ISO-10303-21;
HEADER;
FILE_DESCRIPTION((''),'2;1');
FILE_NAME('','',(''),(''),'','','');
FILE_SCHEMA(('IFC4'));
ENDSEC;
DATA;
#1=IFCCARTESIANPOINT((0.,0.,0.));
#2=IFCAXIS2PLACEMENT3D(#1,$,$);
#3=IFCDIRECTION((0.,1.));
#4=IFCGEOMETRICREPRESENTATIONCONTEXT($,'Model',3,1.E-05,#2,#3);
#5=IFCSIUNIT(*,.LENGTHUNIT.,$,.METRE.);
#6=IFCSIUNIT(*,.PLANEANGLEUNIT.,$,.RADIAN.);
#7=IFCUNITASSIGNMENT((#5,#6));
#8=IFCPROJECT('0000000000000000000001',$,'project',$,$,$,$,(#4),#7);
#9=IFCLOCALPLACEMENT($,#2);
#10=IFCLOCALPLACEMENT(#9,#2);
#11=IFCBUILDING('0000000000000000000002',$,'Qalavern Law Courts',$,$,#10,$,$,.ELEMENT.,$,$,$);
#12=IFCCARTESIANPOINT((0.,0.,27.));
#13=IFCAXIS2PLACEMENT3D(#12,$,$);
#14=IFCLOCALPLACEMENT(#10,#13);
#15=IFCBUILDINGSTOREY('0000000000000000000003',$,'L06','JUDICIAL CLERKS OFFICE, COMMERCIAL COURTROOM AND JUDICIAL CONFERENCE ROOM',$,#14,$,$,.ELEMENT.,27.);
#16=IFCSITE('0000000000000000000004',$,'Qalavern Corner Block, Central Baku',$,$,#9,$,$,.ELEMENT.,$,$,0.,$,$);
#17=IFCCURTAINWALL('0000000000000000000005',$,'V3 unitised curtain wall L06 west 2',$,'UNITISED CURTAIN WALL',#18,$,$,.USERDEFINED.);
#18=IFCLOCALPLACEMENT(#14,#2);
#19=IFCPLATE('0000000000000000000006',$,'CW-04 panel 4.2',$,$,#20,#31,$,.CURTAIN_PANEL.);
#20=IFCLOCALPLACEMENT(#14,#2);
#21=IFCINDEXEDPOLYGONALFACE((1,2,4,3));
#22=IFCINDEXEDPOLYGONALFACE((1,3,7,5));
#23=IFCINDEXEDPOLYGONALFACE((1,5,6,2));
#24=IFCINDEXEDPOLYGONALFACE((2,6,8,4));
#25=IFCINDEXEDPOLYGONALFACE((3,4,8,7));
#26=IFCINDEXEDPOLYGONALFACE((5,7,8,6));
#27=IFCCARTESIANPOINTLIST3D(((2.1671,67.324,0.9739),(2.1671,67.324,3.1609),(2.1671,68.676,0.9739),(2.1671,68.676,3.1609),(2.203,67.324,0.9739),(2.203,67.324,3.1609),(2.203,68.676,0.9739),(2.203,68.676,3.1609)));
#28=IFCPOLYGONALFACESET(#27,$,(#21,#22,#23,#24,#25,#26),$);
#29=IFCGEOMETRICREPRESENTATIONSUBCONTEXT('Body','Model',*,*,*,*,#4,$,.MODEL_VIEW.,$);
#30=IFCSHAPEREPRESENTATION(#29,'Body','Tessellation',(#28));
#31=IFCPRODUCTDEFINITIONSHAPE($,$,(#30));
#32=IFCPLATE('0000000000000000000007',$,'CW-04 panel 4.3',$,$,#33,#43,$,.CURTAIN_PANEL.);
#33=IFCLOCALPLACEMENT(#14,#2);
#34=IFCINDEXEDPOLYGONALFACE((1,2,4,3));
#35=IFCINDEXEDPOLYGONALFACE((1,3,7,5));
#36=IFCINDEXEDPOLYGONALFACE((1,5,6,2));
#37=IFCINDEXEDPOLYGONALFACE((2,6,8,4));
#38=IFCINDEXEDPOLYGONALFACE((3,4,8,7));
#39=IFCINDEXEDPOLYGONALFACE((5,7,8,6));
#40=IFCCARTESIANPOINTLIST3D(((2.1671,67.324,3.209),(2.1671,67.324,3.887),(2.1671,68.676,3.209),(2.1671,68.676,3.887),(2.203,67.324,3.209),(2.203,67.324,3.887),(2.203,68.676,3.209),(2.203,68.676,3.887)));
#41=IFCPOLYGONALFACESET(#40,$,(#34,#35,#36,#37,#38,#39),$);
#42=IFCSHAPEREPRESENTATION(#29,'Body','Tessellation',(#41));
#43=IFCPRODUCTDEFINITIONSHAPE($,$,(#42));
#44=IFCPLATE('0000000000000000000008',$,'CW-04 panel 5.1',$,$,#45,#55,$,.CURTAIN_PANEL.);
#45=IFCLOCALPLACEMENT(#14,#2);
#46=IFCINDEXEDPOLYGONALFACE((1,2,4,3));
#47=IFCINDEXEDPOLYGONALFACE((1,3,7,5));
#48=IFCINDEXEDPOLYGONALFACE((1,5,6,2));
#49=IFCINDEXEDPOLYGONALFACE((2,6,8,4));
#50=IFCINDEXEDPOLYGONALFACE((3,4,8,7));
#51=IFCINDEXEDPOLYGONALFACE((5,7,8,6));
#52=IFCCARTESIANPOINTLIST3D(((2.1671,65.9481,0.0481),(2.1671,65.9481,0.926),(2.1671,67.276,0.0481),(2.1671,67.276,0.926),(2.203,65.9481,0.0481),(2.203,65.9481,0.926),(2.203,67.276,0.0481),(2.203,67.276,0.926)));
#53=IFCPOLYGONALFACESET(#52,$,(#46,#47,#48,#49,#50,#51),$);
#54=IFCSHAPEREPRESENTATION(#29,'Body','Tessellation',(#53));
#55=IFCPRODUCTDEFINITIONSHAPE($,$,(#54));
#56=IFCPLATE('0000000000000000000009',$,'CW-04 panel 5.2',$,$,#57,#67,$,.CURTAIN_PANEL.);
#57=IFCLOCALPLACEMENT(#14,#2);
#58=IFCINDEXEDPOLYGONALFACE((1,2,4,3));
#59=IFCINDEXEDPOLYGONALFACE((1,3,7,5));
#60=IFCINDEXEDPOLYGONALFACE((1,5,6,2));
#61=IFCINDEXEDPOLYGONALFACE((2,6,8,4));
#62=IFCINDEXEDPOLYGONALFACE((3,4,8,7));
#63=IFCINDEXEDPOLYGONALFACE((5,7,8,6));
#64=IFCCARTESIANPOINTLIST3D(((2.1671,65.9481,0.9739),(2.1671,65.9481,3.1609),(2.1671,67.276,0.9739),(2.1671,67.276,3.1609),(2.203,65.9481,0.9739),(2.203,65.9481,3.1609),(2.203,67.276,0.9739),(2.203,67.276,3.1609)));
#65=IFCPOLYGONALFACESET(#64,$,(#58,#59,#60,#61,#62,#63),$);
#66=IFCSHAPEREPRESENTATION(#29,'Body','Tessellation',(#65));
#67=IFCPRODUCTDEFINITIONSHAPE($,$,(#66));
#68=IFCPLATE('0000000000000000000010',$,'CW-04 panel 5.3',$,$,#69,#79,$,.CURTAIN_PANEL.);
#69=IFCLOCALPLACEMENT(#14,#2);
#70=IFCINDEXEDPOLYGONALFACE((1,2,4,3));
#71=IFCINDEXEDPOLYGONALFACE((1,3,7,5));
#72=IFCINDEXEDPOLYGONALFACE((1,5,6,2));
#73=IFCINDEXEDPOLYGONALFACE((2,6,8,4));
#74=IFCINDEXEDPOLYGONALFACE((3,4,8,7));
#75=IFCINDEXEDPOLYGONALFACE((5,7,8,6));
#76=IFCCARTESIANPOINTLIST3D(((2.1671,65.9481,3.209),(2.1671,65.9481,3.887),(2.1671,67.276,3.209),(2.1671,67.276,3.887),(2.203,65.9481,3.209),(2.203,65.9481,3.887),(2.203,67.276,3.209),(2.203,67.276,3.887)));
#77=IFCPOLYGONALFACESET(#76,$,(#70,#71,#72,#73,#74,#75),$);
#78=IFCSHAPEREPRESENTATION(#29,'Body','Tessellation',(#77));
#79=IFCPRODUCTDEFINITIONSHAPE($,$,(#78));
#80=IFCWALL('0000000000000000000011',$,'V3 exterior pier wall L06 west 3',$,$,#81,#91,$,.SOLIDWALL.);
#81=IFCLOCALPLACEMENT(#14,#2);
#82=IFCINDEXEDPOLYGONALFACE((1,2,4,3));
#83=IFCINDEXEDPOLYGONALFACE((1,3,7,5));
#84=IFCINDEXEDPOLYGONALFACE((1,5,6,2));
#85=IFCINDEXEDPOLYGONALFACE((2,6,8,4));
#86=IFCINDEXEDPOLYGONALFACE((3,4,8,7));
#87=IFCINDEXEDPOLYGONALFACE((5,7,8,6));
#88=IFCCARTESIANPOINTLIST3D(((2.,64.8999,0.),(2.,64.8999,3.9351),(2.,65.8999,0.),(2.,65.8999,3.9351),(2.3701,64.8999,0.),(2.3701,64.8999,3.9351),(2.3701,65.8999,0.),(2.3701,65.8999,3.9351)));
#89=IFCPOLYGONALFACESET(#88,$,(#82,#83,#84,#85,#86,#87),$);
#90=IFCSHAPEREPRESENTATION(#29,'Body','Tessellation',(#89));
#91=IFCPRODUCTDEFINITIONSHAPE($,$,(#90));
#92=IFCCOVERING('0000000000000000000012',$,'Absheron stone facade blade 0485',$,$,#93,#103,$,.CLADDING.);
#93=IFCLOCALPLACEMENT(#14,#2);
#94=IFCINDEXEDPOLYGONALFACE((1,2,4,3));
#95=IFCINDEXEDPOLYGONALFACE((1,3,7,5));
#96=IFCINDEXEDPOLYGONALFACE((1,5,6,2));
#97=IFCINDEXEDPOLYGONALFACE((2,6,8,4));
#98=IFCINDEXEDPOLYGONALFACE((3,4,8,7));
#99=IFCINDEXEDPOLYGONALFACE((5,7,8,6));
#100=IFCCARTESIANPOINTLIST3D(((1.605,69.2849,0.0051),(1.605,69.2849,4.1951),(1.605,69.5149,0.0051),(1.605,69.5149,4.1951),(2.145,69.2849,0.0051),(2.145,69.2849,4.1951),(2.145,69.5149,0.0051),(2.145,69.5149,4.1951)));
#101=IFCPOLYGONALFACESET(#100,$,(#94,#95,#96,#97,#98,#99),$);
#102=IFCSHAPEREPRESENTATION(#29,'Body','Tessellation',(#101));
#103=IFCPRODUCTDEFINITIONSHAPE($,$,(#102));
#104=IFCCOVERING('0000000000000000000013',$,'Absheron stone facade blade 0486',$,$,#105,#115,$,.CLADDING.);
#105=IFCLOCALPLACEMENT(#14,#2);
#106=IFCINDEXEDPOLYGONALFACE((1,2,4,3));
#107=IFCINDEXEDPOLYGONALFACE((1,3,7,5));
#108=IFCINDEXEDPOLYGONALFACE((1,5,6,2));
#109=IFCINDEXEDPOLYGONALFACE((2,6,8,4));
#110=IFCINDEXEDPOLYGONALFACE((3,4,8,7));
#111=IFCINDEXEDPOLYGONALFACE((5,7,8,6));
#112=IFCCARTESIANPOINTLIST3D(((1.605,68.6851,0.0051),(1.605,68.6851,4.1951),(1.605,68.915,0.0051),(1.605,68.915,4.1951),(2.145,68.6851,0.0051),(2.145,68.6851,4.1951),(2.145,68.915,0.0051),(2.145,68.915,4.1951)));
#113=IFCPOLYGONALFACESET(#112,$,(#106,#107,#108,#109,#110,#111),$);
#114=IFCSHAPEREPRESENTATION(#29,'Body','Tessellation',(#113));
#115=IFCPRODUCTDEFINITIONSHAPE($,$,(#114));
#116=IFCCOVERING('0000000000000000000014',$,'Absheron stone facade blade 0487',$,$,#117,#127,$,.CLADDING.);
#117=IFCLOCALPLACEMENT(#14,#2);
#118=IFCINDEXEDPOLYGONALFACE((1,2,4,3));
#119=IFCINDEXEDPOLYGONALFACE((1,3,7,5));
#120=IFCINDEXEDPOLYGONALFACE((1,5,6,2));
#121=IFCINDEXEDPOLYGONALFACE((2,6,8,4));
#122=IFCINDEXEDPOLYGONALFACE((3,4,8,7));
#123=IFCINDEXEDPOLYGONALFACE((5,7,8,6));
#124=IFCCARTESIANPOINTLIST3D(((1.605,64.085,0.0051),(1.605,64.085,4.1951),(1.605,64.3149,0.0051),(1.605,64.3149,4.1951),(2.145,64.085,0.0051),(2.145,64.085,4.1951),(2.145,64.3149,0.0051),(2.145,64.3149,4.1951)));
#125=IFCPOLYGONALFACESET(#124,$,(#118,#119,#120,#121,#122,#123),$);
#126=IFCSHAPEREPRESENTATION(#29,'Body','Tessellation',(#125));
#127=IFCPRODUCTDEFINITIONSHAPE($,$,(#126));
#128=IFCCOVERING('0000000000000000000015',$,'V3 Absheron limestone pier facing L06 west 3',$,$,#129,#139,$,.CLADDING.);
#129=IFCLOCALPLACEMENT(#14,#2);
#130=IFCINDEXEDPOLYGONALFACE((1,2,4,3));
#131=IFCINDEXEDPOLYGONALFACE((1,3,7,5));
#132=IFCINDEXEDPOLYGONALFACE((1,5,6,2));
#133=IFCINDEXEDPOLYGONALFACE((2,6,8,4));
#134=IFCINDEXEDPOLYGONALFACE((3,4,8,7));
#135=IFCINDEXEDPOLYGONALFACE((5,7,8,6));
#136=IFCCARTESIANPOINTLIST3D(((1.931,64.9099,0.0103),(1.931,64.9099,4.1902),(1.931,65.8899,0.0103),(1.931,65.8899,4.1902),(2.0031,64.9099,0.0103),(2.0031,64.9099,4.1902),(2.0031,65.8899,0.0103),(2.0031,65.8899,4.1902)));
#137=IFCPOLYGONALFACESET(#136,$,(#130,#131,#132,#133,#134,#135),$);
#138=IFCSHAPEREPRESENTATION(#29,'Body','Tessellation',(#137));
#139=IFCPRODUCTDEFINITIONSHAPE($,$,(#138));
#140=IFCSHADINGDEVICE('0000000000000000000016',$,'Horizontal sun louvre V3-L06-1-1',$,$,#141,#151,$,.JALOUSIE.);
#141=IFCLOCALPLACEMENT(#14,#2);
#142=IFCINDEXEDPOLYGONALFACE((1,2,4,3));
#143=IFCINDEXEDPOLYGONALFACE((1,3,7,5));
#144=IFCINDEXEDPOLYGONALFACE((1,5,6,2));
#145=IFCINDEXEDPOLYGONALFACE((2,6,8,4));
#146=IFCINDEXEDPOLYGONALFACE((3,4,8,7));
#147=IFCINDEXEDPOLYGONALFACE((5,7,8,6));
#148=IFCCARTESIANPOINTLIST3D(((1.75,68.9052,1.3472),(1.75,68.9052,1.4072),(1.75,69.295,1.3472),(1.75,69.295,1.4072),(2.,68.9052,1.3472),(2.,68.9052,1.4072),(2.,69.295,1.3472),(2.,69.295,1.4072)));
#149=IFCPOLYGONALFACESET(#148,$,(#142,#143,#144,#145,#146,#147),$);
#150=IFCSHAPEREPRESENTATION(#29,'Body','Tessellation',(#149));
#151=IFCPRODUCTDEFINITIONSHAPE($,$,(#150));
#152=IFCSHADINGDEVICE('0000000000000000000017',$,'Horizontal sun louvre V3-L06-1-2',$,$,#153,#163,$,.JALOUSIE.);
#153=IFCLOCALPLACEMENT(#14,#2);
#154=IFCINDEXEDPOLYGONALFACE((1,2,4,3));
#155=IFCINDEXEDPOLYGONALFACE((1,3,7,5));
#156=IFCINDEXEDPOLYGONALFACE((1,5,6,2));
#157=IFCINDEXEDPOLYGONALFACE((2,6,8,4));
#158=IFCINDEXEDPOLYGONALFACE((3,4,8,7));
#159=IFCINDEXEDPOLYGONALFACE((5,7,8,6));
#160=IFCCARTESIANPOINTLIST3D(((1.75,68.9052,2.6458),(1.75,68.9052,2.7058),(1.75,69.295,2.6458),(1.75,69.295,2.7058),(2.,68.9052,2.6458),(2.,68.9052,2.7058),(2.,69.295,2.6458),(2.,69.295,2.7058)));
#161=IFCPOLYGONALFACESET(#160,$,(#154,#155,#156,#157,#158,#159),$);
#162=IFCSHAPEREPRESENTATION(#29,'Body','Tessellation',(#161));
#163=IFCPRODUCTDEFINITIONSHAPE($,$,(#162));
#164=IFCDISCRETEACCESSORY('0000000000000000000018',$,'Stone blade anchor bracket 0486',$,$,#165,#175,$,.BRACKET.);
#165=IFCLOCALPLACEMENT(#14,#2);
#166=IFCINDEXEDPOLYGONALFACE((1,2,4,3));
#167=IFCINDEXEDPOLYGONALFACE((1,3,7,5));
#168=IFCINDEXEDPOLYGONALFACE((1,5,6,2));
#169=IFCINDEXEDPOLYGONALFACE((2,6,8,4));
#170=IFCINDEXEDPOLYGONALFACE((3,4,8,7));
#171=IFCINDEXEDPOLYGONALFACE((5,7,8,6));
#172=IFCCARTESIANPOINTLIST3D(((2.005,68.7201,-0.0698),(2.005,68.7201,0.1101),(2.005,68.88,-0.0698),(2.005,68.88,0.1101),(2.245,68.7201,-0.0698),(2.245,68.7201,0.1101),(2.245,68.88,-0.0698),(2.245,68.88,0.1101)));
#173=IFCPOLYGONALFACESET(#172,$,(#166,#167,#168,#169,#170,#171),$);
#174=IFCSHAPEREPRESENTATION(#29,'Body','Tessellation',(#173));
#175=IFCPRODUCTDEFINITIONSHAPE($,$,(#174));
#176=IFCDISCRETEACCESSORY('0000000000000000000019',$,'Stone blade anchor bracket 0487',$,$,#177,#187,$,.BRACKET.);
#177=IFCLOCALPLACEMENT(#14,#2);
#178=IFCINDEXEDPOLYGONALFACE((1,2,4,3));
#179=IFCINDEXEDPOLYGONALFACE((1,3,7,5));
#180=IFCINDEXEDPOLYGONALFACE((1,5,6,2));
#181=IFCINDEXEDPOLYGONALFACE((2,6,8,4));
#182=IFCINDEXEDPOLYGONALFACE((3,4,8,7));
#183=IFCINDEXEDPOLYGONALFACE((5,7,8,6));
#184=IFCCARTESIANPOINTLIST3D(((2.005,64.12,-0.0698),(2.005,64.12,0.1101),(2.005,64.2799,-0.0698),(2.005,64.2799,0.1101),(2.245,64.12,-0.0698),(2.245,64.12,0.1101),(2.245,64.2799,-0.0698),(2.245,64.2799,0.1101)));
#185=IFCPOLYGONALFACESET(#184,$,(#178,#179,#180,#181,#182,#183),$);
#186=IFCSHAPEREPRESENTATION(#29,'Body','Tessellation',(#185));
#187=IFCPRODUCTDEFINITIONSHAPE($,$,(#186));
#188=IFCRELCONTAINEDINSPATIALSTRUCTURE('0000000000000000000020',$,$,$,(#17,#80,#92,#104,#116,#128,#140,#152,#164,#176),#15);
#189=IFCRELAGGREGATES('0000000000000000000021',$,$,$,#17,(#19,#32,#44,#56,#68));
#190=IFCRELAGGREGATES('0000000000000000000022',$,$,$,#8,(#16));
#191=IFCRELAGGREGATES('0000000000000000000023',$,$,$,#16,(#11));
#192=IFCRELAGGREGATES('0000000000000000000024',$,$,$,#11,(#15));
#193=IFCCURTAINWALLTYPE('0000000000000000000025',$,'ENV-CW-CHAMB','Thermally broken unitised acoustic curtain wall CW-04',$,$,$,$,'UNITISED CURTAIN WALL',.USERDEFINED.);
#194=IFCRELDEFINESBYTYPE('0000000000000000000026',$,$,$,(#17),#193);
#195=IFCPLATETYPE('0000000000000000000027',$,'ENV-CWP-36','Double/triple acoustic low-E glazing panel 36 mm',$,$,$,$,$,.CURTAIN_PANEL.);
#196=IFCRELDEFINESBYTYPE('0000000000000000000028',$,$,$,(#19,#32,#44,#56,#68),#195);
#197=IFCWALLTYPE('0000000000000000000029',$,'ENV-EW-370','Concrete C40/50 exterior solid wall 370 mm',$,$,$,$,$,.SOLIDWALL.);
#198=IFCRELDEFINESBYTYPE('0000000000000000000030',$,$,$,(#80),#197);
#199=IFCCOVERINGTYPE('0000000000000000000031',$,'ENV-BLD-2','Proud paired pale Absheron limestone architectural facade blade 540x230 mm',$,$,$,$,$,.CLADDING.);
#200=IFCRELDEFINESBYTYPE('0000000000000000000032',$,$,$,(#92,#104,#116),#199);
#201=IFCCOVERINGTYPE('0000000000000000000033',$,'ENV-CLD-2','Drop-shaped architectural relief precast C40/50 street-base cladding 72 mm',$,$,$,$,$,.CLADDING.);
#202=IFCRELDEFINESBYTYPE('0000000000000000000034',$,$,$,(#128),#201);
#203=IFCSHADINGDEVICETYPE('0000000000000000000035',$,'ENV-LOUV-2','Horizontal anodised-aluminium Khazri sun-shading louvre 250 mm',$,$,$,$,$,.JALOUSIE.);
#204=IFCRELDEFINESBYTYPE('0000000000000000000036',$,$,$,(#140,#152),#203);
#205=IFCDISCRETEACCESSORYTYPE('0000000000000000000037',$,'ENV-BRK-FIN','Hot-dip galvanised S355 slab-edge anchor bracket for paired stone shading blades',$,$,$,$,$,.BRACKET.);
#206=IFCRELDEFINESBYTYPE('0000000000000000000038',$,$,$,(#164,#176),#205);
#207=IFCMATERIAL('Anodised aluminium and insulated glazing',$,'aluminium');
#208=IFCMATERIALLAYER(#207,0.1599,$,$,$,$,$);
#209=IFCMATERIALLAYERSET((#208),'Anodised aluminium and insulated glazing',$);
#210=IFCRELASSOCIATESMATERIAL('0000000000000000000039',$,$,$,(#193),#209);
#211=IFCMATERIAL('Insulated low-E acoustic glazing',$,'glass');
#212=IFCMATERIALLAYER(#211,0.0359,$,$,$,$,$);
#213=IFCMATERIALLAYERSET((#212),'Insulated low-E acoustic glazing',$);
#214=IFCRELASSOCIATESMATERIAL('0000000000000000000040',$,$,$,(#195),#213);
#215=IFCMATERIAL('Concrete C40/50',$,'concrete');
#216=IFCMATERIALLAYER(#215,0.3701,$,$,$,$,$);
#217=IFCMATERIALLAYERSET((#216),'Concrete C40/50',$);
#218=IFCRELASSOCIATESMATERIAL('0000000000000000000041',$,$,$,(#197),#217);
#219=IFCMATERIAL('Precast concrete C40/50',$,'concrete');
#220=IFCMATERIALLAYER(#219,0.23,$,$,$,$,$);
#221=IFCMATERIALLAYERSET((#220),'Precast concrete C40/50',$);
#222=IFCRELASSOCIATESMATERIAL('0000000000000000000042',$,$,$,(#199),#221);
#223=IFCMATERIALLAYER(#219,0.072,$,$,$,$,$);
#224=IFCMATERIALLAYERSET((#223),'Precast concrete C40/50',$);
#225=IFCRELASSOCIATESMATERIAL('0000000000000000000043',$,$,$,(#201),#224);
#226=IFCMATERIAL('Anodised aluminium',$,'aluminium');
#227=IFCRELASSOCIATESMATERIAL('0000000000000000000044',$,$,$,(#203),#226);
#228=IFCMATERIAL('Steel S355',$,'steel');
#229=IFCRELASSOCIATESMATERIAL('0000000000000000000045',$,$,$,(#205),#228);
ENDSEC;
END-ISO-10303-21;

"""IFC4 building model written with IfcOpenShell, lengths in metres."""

from ifc_helpers import new_model, si_unit, direction, frame, frame_2d, origin, origin_2d, place, context, subcontext, project, spatial, rectangle, extrude, material, layer, layer_set, type_object, element, aggregate, save


model = new_model("IFC4")

# Units and contexts
model_context = context("Model", 3, precision=1e-05, world=origin(), true_north=direction((0.0, 1.0)))
body_context = subcontext(model_context, "Body", "Model", "MODEL_VIEW")
ifc_project = project(units=[si_unit("LENGTHUNIT", "METRE"), si_unit("PLANEANGLEUNIT", "RADIAN")], contexts=[model_context])

# Site, building, storey
site_placement = place(None, origin())
site = spatial("IfcSite", under=ifc_project, at=site_placement, Name="Qalavern Corner Block, Central Baku", CompositionType="ELEMENT", RefElevation=0.0)
building_placement = place(site_placement, origin())
building = spatial("IfcBuilding", under=site, at=building_placement, Name="Qalavern Law Courts", CompositionType="ELEMENT")
storey_placement = place(building_placement, frame((0.0, 0.0, 27.0)))
storey = spatial("IfcBuildingStorey", under=building, at=storey_placement, Name="L06", Description="JUDICIAL CLERKS OFFICE, COMMERCIAL COURTROOM AND JUDICIAL CONFERENCE ROOM", CompositionType="ELEMENT", Elevation=27.0)

# Curtain wall
ifc_material_1 = material(Name="Anodised aluminium and insulated glazing", Category="aluminium")
ifc_layer_1 = layer(ifc_material_1, 0.1599)
ifc_layer_set_1 = layer_set([ifc_layer_1], Name="Anodised aluminium and insulated glazing")
curtain_wall_type = type_object("IfcCurtainWallType", Name="ENV-CW-CHAMB", Description="Thermally broken unitised acoustic curtain wall CW-04", ElementType="UNITISED CURTAIN WALL", PredefinedType="USERDEFINED", material=ifc_layer_set_1)
curtain_wall_1_placement = place(storey_placement, origin())
curtain_wall_1 = element("IfcCurtainWall", 1, at=curtain_wall_1_placement, inside=storey, type_object=curtain_wall_type, Name="V3 unitised curtain wall L06 west 2", ObjectType="UNITISED CURTAIN WALL", PredefinedType="USERDEFINED")
ifc_material_2 = material(Name="Anodised aluminium", Category="aluminium")

# Shared definitions
ifc_material_3 = material(Name="Steel S355", Category="steel")
ifc_material_4 = material(Name="Concrete C40/50", Category="concrete")

# Plates
ifc_material_5 = material(Name="Insulated low-E acoustic glazing", Category="glass")
ifc_layer_2 = layer(ifc_material_5, 0.0359)
ifc_layer_set_2 = layer_set([ifc_layer_2], Name="Insulated low-E acoustic glazing")
plate_type = type_object("IfcPlateType", Name="ENV-CWP-36", Description="Double/triple acoustic low-E glazing panel 36 mm", PredefinedType="CURTAIN_PANEL", material=ifc_layer_set_2)
plate_1_placement = place(storey_placement, frame((2.1851, 68.0, 0.9739), z_axis=(0.0, 0.0, 1.0), x_axis=(0.0, -1.0, 0.0)))
plate_1 = element("IfcPlate", 2, at=plate_1_placement, type_object=plate_type, Name="CW-04 panel 4.2", PredefinedType="CURTAIN_PANEL", context=body_context, shape_type="SweptSolid", body=[
    extrude(rectangle(XDim=1.3521, YDim=0.0359, at=origin_2d()), origin(), (0.0, 0.0, 1.0), 2.187),
])
plate_2_placement = place(storey_placement, frame((2.1851, 68.0, 3.209), z_axis=(0.0, 0.0, 1.0), x_axis=(0.0, -1.0, 0.0)))
plate_2 = element("IfcPlate", 3, at=plate_2_placement, type_object=plate_type, Name="CW-04 panel 4.3", PredefinedType="CURTAIN_PANEL", context=body_context, shape_type="SweptSolid", body=[
    extrude(rectangle(XDim=1.3521, YDim=0.0359, at=origin_2d()), origin(), (0.0, 0.0, 1.0), 0.678),
])
plate_3_placement = place(storey_placement, frame((2.1851, 66.6121, 0.0481), z_axis=(0.0, 0.0, 1.0), x_axis=(0.0, -1.0, 0.0)))
plate_3 = element("IfcPlate", 4, at=plate_3_placement, type_object=plate_type, Name="CW-04 panel 5.1", PredefinedType="CURTAIN_PANEL", context=body_context, shape_type="SweptSolid", body=[
    extrude(rectangle(XDim=1.3279, YDim=0.0359, at=origin_2d()), origin(), (0.0, 0.0, 1.0), 0.8779),
])
plate_4_placement = place(storey_placement, frame((2.1851, 66.6121, 0.9739), z_axis=(0.0, 0.0, 1.0), x_axis=(0.0, -1.0, 0.0)))
plate_4 = element("IfcPlate", 5, at=plate_4_placement, type_object=plate_type, Name="CW-04 panel 5.2", PredefinedType="CURTAIN_PANEL", context=body_context, shape_type="SweptSolid", body=[
    extrude(rectangle(XDim=1.3279, YDim=0.0359, at=origin_2d()), origin(), (0.0, 0.0, 1.0), 2.187),
])
plate_5_placement = place(storey_placement, frame((2.1851, 66.6121, 3.209), z_axis=(0.0, 0.0, 1.0), x_axis=(0.0, -1.0, 0.0)))
plate_5 = element("IfcPlate", 6, at=plate_5_placement, type_object=plate_type, Name="CW-04 panel 5.3", PredefinedType="CURTAIN_PANEL", context=body_context, shape_type="SweptSolid", body=[
    extrude(rectangle(XDim=1.3279, YDim=0.0359, at=origin_2d()), origin(), (0.0, 0.0, 1.0), 0.678),
])
aggregate(curtain_wall_1, [plate_1, plate_2, plate_3, plate_4, plate_5])

# Wall
ifc_layer_3 = layer(ifc_material_4, 0.3701)
ifc_layer_set_3 = layer_set([ifc_layer_3], Name="Concrete C40/50")
wall_type = type_object("IfcWallType", Name="ENV-EW-370", Description="Concrete C40/50 exterior solid wall 370 mm", PredefinedType="SOLIDWALL", material=ifc_layer_set_3)
wall_placement = place(storey_placement, frame((2.1851, 65.8999, 0.0), z_axis=(0.0, 0.0, 1.0), x_axis=(0.0, -1.0, 0.0)))
element("IfcWall", 7, at=wall_placement, inside=storey, type_object=wall_type, Name="V3 exterior pier wall L06 west 3", PredefinedType="SOLIDWALL", context=body_context, shape_type="SweptSolid", body=[
    extrude(rectangle(XDim=1.0, YDim=0.3701, at=frame_2d((0.5, 0.0))), origin(), (0.0, 0.0, 1.0), 3.9351),
])

# Coverings
ifc_material_6 = material(Name="Precast concrete C40/50", Category="concrete")
ifc_layer_4 = layer(ifc_material_6, 0.23)
ifc_layer_set_4 = layer_set([ifc_layer_4], Name="Precast concrete C40/50")
covering_type_1 = type_object("IfcCoveringType", Name="ENV-BLD-2", Description="Proud paired pale Absheron limestone architectural facade blade 540x230 mm", PredefinedType="CLADDING", material=ifc_layer_set_4)
for number, where, z_axis, x_axis, name in (
    (8, (1.875, 69.3999, 0.0051), (0.0, 0.0, 1.0), (-1.0, 0.0, 0.0), "Absheron stone facade blade 0485"),
    (9, (1.875, 68.8, 0.0051), (0.0, 0.0, 1.0), (-1.0, 0.0, 0.0), "Absheron stone facade blade 0486"),
    (10, (1.875, 64.2, 0.0051), (0.0, 0.0, 1.0), (-1.0, 0.0, 0.0), "Absheron stone facade blade 0487"),
):
    element("IfcCovering", number, at=place(storey_placement, frame(where, z_axis=z_axis, x_axis=x_axis)), inside=storey, type_object=covering_type_1, Name=name, PredefinedType="CLADDING", context=body_context, shape_type="SweptSolid", body=[
        extrude(rectangle(XDim=0.54, YDim=0.23, at=origin_2d()), origin(), (0.0, 0.0, 1.0), 4.1899),
    ])
ifc_layer_5 = layer(ifc_material_6, 0.072)
ifc_layer_set_5 = layer_set([ifc_layer_5], Name="Precast concrete C40/50")
covering_type_2 = type_object("IfcCoveringType", Name="ENV-CLD-2", Description="Drop-shaped architectural relief precast C40/50 street-base cladding 72 mm", PredefinedType="CLADDING", material=ifc_layer_set_5)
covering_placement = place(storey_placement, frame((1.967, 65.3999, 0.0103), z_axis=(0.0, 0.0, 1.0), x_axis=(0.0, -1.0, 0.0)))
element("IfcCovering", 11, at=covering_placement, inside=storey, type_object=covering_type_2, Name="V3 Absheron limestone pier facing L06 west 3", PredefinedType="CLADDING", context=body_context, shape_type="SweptSolid", body=[
    extrude(rectangle(XDim=0.98, YDim=0.072, at=origin_2d()), origin(), (0.0, 0.0, 1.0), 4.1799),
])

# Shading devices
shading_device_type = type_object("IfcShadingDeviceType", Name="ENV-LOUV-2", Description="Horizontal anodised-aluminium Khazri sun-shading louvre 250 mm", PredefinedType="JALOUSIE", material=ifc_material_2)
for number, where, z_axis, x_axis, name in (
    (12, (1.875, 69.1001, 1.3472), (0.0, 0.0, 1.0), (0.0, -1.0, 0.0), "Horizontal sun louvre V3-L06-1-1"),
    (13, (1.875, 69.1001, 2.6458), (0.0, 0.0, 1.0), (0.0, -1.0, 0.0), "Horizontal sun louvre V3-L06-1-2"),
):
    element("IfcShadingDevice", number, at=place(storey_placement, frame(where, z_axis=z_axis, x_axis=x_axis)), inside=storey, type_object=shading_device_type, Name=name, PredefinedType="JALOUSIE", context=body_context, shape_type="SweptSolid", body=[
        extrude(rectangle(XDim=0.3899, YDim=0.25, at=origin_2d()), origin(), (0.0, 0.0, 1.0), 0.0601),
    ])

# Discrete accessories
discrete_accessory_type = type_object("IfcDiscreteAccessoryType", Name="ENV-BRK-FIN", Description="Hot-dip galvanised S355 slab-edge anchor bracket for paired stone shading blades", PredefinedType="BRACKET", material=ifc_material_3)
for number, where, z_axis, x_axis, name in (
    (14, (2.125, 68.8, -0.0698), (0.0, 0.0, 1.0), (-1.0, 0.0, 0.0), "Stone blade anchor bracket 0486"),
    (15, (2.125, 64.2, -0.0698), (0.0, 0.0, 1.0), (-1.0, 0.0, 0.0), "Stone blade anchor bracket 0487"),
):
    element("IfcDiscreteAccessory", number, at=place(storey_placement, frame(where, z_axis=z_axis, x_axis=x_axis)), inside=storey, type_object=discrete_accessory_type, Name=name, PredefinedType="BRACKET", context=body_context, shape_type="SweptSolid", body=[
        extrude(rectangle(XDim=0.24, YDim=0.1599, at=origin_2d()), origin(), (0.0, 0.0, 1.0), 0.1799),
    ])

save(model, "model.ifc")
